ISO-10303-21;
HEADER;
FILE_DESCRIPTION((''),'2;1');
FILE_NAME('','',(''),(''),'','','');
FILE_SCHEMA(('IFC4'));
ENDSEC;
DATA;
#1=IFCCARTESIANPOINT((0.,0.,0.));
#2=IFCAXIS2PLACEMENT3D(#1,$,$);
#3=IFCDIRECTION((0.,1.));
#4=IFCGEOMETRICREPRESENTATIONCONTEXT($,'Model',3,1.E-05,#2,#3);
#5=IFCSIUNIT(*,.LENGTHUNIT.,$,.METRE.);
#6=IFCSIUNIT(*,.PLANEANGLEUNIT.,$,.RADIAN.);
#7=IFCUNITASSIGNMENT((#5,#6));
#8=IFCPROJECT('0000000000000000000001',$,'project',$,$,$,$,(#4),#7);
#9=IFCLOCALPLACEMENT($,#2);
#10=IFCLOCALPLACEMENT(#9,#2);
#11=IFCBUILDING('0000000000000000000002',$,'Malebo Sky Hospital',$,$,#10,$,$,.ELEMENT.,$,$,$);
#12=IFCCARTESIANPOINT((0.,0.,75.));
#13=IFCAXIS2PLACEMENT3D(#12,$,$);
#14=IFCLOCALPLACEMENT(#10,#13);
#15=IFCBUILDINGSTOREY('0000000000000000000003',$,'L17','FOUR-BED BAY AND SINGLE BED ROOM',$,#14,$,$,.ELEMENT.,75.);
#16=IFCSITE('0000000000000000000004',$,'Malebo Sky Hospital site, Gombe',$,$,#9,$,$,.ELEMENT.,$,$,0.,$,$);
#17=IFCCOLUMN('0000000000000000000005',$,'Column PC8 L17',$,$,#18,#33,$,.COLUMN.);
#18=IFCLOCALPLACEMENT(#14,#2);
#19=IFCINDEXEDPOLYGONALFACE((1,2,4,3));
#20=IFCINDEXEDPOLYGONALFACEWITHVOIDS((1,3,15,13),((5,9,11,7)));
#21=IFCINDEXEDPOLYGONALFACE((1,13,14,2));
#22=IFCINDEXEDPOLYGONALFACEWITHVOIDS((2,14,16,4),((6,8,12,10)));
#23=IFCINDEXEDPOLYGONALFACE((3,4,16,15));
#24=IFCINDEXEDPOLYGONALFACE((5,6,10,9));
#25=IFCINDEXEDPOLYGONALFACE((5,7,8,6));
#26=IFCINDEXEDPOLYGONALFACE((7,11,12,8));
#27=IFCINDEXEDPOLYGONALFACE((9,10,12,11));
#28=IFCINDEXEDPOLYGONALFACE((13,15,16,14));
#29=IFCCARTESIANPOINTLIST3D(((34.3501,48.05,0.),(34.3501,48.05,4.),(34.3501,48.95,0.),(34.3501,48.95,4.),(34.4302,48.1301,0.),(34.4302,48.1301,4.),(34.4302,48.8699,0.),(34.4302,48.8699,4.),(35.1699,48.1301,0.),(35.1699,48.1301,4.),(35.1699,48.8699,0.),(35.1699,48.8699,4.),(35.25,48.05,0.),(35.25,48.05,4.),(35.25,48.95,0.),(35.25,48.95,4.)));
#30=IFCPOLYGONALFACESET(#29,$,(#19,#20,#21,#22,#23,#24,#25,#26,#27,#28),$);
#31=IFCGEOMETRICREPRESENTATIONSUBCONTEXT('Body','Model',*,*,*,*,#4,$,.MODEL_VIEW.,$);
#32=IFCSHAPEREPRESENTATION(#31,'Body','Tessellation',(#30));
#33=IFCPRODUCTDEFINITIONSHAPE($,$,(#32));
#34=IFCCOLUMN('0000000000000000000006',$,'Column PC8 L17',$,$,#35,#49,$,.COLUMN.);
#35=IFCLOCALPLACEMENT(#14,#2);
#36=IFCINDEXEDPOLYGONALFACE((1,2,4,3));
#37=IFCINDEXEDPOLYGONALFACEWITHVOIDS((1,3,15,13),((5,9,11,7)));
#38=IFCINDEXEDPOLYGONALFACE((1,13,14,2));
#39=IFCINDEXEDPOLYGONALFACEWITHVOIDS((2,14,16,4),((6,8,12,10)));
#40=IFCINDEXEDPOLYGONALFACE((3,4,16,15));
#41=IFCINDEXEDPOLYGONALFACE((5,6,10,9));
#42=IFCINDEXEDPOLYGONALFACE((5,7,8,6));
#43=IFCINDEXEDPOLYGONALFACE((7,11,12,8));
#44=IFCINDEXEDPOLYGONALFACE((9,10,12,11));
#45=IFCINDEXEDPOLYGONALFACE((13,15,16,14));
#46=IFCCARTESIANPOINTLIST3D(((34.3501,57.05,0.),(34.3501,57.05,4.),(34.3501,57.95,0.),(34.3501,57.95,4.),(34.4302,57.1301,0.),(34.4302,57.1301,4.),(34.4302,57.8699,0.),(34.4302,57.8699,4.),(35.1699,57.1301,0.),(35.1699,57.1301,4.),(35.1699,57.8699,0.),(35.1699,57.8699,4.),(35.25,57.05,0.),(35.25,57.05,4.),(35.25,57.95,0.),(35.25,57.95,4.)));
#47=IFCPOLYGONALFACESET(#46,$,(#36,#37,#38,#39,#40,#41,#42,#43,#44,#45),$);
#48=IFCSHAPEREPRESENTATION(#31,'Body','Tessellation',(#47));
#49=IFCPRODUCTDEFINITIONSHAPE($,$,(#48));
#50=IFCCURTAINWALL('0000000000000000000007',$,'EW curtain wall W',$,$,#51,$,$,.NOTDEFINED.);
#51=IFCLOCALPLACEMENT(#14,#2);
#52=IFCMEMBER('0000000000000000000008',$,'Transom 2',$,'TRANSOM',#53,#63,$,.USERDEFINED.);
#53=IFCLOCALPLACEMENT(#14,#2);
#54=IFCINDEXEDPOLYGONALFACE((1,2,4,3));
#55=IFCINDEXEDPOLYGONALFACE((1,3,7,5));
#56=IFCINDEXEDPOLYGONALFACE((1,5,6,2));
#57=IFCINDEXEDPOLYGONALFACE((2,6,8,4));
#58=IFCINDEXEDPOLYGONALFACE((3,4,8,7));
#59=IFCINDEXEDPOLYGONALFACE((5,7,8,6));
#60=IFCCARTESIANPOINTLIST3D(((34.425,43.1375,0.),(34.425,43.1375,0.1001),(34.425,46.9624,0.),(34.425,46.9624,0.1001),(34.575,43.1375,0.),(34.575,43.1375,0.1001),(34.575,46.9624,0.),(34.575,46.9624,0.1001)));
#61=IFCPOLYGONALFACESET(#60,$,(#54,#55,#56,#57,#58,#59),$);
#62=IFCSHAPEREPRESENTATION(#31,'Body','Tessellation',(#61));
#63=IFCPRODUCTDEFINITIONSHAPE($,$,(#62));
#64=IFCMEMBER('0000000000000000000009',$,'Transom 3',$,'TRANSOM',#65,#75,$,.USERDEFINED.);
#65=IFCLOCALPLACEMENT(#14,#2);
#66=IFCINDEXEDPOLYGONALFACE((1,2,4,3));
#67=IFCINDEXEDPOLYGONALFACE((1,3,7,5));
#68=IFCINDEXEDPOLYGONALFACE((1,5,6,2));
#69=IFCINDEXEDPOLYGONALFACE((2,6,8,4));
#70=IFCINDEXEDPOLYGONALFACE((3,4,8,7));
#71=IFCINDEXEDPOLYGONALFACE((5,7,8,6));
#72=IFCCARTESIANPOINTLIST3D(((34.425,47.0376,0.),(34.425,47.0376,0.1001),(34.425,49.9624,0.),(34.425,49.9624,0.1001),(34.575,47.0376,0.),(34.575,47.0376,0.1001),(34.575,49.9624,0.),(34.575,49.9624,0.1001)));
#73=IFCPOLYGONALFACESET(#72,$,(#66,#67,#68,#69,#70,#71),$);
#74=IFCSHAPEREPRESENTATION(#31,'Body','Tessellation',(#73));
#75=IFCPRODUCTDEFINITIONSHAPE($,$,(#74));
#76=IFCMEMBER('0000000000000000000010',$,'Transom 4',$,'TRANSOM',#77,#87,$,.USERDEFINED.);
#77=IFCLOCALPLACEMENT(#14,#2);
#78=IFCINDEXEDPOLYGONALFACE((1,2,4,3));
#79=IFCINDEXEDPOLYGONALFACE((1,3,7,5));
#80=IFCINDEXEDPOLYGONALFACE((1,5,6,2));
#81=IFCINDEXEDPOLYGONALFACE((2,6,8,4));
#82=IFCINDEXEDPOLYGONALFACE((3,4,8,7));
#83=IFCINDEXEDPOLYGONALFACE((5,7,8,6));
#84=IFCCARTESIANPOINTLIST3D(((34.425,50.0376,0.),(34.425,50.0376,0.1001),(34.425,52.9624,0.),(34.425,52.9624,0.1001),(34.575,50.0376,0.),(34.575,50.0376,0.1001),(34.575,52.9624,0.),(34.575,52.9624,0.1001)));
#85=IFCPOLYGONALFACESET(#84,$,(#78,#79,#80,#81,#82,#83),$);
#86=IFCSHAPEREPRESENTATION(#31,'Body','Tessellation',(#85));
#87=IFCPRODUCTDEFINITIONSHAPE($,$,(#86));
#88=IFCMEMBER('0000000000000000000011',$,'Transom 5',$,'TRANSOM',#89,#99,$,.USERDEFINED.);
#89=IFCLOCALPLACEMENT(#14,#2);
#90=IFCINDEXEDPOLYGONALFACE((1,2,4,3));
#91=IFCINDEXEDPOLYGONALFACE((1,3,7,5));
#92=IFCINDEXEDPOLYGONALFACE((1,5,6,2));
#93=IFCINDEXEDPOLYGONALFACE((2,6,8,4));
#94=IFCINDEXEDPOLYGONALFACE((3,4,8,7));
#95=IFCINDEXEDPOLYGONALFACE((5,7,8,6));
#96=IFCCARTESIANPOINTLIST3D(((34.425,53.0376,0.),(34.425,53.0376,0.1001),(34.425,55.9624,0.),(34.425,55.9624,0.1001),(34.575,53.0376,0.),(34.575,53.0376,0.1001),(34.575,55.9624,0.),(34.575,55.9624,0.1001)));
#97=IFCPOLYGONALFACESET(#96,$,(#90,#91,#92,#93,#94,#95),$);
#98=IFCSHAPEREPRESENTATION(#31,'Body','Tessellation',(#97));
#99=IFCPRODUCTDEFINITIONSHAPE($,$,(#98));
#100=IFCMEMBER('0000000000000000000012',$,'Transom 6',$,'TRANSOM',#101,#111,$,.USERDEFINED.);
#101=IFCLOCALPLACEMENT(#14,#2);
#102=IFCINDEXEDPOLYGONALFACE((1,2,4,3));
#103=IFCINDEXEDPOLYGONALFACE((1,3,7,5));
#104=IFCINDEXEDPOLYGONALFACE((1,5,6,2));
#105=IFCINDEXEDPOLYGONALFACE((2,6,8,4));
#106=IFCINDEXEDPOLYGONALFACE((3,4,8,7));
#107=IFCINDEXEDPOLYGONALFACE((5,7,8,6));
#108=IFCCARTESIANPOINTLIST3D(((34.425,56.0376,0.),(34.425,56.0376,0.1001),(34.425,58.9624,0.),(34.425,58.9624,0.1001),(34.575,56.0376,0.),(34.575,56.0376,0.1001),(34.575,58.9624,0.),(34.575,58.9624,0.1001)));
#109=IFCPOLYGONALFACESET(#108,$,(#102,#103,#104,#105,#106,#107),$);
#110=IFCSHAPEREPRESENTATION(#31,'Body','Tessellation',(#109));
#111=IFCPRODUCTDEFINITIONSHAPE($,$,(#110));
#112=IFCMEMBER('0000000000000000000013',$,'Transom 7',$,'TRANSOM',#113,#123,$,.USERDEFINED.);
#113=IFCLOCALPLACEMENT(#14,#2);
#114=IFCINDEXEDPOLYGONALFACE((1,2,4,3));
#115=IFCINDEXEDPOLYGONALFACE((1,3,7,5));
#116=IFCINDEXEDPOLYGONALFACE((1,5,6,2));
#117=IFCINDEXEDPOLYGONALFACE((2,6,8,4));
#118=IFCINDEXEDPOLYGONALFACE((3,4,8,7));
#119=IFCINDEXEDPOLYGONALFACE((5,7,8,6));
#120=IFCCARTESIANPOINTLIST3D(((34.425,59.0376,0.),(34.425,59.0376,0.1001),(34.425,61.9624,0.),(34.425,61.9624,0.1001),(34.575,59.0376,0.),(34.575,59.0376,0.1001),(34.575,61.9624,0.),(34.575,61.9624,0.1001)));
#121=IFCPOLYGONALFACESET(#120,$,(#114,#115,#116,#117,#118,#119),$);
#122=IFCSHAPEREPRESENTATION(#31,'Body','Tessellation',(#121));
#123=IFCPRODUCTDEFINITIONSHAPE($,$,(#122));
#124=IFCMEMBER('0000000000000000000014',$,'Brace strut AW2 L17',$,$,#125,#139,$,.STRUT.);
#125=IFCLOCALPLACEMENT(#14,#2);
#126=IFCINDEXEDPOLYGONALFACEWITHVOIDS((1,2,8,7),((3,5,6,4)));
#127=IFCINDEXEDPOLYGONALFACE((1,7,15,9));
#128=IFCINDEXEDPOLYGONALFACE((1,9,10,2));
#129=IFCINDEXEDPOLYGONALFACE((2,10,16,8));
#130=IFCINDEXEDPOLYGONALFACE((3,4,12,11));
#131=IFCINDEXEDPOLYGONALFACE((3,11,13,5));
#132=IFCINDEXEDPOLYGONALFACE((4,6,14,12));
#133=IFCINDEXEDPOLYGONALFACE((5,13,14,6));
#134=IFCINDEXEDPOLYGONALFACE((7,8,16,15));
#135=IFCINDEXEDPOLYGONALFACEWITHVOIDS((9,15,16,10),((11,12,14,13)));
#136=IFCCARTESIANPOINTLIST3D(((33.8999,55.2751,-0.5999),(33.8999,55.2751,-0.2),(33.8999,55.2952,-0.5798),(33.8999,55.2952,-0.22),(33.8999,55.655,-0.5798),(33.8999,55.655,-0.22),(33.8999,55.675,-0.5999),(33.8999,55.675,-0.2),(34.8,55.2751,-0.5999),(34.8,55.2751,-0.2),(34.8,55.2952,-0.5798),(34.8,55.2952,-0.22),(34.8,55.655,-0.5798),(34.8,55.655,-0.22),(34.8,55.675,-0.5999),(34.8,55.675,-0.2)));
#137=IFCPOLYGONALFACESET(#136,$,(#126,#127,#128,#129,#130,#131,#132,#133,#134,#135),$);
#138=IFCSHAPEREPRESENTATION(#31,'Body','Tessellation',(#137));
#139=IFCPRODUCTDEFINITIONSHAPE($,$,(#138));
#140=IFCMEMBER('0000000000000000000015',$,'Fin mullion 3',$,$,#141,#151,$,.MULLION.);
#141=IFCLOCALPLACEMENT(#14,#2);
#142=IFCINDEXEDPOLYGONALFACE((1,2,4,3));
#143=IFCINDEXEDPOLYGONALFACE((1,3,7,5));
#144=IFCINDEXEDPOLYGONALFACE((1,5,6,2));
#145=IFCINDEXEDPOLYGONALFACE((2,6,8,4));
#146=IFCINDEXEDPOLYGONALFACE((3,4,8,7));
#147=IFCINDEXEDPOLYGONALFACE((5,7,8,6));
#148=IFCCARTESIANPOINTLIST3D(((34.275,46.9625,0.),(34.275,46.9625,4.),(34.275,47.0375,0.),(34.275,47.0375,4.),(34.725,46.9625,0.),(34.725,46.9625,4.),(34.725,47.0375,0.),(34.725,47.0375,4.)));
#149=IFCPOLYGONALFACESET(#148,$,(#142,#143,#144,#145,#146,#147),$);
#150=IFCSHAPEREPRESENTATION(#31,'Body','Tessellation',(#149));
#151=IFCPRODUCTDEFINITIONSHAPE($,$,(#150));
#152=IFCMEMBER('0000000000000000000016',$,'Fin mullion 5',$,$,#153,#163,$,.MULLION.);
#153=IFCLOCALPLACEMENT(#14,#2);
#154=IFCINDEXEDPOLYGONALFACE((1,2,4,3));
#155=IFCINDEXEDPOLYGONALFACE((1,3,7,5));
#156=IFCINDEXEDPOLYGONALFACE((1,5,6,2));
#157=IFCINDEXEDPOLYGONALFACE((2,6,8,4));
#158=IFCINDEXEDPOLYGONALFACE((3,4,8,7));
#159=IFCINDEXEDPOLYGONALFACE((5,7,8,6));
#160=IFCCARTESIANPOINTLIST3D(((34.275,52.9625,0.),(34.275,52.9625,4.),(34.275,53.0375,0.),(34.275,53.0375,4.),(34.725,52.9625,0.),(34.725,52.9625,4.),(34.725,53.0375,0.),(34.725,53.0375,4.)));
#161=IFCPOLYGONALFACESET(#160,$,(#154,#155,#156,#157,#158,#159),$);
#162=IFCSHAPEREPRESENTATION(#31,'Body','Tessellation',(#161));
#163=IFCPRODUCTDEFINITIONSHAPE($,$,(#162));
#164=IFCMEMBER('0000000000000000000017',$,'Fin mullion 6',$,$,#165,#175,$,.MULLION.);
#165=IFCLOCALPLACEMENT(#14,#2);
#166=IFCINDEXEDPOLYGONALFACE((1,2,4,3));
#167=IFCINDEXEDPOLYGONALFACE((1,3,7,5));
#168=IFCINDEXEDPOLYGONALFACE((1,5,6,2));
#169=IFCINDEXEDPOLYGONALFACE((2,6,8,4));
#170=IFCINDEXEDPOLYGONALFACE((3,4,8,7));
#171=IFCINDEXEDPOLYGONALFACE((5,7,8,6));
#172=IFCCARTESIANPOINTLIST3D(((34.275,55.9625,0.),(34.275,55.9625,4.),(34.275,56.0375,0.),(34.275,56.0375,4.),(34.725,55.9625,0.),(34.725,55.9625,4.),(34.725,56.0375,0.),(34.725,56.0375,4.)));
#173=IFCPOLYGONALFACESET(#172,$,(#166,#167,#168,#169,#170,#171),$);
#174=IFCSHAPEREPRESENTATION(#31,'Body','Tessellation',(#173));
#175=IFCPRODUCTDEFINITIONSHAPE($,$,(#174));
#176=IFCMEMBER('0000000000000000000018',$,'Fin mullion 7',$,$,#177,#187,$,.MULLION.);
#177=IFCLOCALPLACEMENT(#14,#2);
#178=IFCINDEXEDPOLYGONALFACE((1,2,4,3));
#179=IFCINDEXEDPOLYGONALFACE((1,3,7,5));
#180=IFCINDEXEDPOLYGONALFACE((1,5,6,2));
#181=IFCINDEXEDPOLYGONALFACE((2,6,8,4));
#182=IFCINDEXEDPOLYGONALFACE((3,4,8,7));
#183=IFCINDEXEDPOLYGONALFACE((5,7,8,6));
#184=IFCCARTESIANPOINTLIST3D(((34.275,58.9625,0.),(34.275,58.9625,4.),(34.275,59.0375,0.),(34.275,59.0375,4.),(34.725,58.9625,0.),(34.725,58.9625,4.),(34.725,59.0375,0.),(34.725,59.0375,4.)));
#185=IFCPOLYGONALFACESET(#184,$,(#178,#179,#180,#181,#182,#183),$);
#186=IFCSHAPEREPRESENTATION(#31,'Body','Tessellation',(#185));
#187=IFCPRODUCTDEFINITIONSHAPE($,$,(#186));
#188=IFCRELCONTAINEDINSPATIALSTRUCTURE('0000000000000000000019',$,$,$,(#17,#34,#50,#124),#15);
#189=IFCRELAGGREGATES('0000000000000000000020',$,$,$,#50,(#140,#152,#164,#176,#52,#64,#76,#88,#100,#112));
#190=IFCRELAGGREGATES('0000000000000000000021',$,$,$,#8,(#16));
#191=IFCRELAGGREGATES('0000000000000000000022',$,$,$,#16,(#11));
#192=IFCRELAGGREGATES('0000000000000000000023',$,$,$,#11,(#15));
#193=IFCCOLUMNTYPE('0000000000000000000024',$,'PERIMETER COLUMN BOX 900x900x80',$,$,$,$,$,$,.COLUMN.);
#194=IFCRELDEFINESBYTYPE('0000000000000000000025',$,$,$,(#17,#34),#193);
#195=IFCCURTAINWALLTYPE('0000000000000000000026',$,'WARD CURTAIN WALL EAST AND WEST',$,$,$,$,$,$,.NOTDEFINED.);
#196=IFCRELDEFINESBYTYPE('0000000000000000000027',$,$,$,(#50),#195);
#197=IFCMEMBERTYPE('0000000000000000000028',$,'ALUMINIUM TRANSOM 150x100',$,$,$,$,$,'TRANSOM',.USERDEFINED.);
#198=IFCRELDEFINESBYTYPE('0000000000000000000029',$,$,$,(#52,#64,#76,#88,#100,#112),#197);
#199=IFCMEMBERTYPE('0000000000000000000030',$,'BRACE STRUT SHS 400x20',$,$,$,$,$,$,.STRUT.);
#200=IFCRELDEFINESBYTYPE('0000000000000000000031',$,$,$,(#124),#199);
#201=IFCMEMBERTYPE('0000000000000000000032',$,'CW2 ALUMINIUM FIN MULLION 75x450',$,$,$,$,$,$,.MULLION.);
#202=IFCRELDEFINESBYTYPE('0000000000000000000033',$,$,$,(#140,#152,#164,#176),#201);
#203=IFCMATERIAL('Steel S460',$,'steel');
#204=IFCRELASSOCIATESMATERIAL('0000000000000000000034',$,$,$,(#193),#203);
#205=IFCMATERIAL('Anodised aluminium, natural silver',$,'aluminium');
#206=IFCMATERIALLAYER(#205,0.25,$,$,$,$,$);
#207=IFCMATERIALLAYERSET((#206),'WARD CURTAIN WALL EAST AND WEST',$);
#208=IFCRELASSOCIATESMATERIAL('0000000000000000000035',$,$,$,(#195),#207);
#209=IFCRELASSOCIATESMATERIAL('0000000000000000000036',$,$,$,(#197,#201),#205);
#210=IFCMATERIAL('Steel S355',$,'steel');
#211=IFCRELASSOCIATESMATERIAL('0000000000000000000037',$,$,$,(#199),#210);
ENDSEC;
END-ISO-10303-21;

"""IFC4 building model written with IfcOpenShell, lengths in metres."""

from ifc_helpers import new_model, si_unit, direction, frame, origin, origin_2d, place, context, subcontext, project, spatial, rectangle, hollow_rectangle, extrude, material, layer, layer_set, material_profile, profile_set, type_object, element, aggregate, save


model = new_model("IFC4")

# Units and contexts
model_context = context("Model", 3, precision=1e-05, world=origin(), true_north=direction((0.0, 1.0)))
body_context = subcontext(model_context, "Body", "Model", "MODEL_VIEW")
ifc_project = project(units=[si_unit("LENGTHUNIT", "METRE"), si_unit("PLANEANGLEUNIT", "RADIAN")], contexts=[model_context])

# Site, building, storey
site_placement = place(None, origin())
site = spatial("IfcSite", under=ifc_project, at=site_placement, Name="Malebo Sky Hospital site, Gombe", CompositionType="ELEMENT", RefElevation=0.0)
building_placement = place(site_placement, origin())
building = spatial("IfcBuilding", under=site, at=building_placement, Name="Malebo Sky Hospital", CompositionType="ELEMENT")
storey_placement = place(building_placement, frame((0.0, 0.0, 75.0)))
storey = spatial("IfcBuildingStorey", under=building, at=storey_placement, Name="L17", Description="FOUR-BED BAY AND SINGLE BED ROOM", CompositionType="ELEMENT", Elevation=75.0)

# Columns
ifc_material_1 = material(Name="Steel S460", Category="steel")
ifc_material_profile_1 = material_profile(ifc_material_1, hollow_rectangle(XDim=0.8999, YDim=0.8999, WallThickness=0.0801, at=origin_2d()), Name="BOX 900x900x80")
ifc_profile_set_1 = profile_set([ifc_material_profile_1], Name="Steel S460")
column_type = type_object("IfcColumnType", Name="PERIMETER COLUMN BOX 900x900x80", PredefinedType="COLUMN", material=ifc_profile_set_1)
for number, where, z_axis, x_axis, name in (
    (1, (34.8, 48.5, 0.0), (0.0, 0.0, 1.0), (1.0, 0.0, 0.0), "Column PC8 L17"),
    (2, (34.8, 57.5, 0.0), (0.0, 0.0, 1.0), (1.0, 0.0, 0.0), "Column PC8 L17"),
):
    element("IfcColumn", number, at=place(storey_placement, frame(where, z_axis=z_axis, x_axis=x_axis)), inside=storey, type_object=column_type, Name=name, PredefinedType="COLUMN", context=body_context, shape_type="SweptSolid", body=[
        extrude(hollow_rectangle(XDim=0.8999, YDim=0.8999, WallThickness=0.0801, at=origin_2d()), origin(), (0.0, 0.0, 1.0), 4.0),
    ])

# Curtain wall, members
ifc_material_2 = material(Name="Anodised aluminium, natural silver", Category="aluminium")
ifc_layer_1 = layer(ifc_material_2, 0.25)
ifc_layer_set_1 = layer_set([ifc_layer_1], Name="WARD CURTAIN WALL EAST AND WEST")
curtain_wall_type = type_object("IfcCurtainWallType", Name="WARD CURTAIN WALL EAST AND WEST", PredefinedType="NOTDEFINED", material=ifc_layer_set_1)
curtain_wall_placement = place(storey_placement, origin())
curtain_wall = element("IfcCurtainWall", 3, at=curtain_wall_placement, inside=storey, type_object=curtain_wall_type, Name="EW curtain wall W", PredefinedType="NOTDEFINED")
ifc_material_profile_2 = material_profile(ifc_material_2, rectangle(XDim=0.1499, YDim=0.1001, at=origin_2d()), Name="ALUMINIUM TRANSOM 150x100")
ifc_profile_set_2 = profile_set([ifc_material_profile_2], Name="Anodised aluminium, natural silver")
member_type_1 = type_object("IfcMemberType", Name="ALUMINIUM TRANSOM 150x100", ElementType="TRANSOM", PredefinedType="USERDEFINED", material=ifc_profile_set_2)
member_1_placement = place(storey_placement, frame((34.5, 43.1375, 0.05), z_axis=(0.0, 1.0, 0.0), x_axis=(-1.0, 0.0, 0.0)))
member_1 = element("IfcMember", 4, at=member_1_placement, type_object=member_type_1, Name="Transom 2", ObjectType="TRANSOM", PredefinedType="USERDEFINED", context=body_context, shape_type="SweptSolid", body=[
    extrude(rectangle(XDim=0.1499, YDim=0.1001, at=origin_2d()), origin(), (0.0, 0.0, 1.0), 3.825),
])
member_2_placement = place(storey_placement, frame((34.5, 47.0376, 0.05), z_axis=(0.0, 1.0, 0.0), x_axis=(-1.0, 0.0, 0.0)))
member_2 = element("IfcMember", 5, at=member_2_placement, type_object=member_type_1, Name="Transom 3", ObjectType="TRANSOM", PredefinedType="USERDEFINED", context=body_context, shape_type="SweptSolid", body=[
    extrude(rectangle(XDim=0.1499, YDim=0.1001, at=origin_2d()), origin(), (0.0, 0.0, 1.0), 2.9248),
])
member_3_placement = place(storey_placement, frame((34.5, 50.0376, 0.05), z_axis=(0.0, 1.0, 0.0), x_axis=(-1.0, 0.0, 0.0)))
member_3 = element("IfcMember", 6, at=member_3_placement, type_object=member_type_1, Name="Transom 4", ObjectType="TRANSOM", PredefinedType="USERDEFINED", context=body_context, shape_type="SweptSolid", body=[
    extrude(rectangle(XDim=0.1499, YDim=0.1001, at=origin_2d()), origin(), (0.0, 0.0, 1.0), 2.9248),
])
member_4_placement = place(storey_placement, frame((34.5, 53.0376, 0.05), z_axis=(0.0, 1.0, 0.0), x_axis=(-1.0, 0.0, 0.0)))
member_4 = element("IfcMember", 7, at=member_4_placement, type_object=member_type_1, Name="Transom 5", ObjectType="TRANSOM", PredefinedType="USERDEFINED", context=body_context, shape_type="SweptSolid", body=[
    extrude(rectangle(XDim=0.1499, YDim=0.1001, at=origin_2d()), origin(), (0.0, 0.0, 1.0), 2.9248),
])
member_5_placement = place(storey_placement, frame((34.5, 56.0376, 0.05), z_axis=(0.0, 1.0, 0.0), x_axis=(-1.0, 0.0, 0.0)))
member_5 = element("IfcMember", 8, at=member_5_placement, type_object=member_type_1, Name="Transom 6", ObjectType="TRANSOM", PredefinedType="USERDEFINED", context=body_context, shape_type="SweptSolid", body=[
    extrude(rectangle(XDim=0.1499, YDim=0.1001, at=origin_2d()), origin(), (0.0, 0.0, 1.0), 2.9248),
])
member_6_placement = place(storey_placement, frame((34.5, 59.0376, 0.05), z_axis=(0.0, 1.0, 0.0), x_axis=(-1.0, 0.0, 0.0)))
member_6 = element("IfcMember", 9, at=member_6_placement, type_object=member_type_1, Name="Transom 7", ObjectType="TRANSOM", PredefinedType="USERDEFINED", context=body_context, shape_type="SweptSolid", body=[
    extrude(rectangle(XDim=0.1499, YDim=0.1001, at=origin_2d()), origin(), (0.0, 0.0, 1.0), 2.9248),
])

# Members
ifc_material_3 = material(Name="Steel S355", Category="steel")
ifc_material_profile_3 = material_profile(ifc_material_3, hollow_rectangle(XDim=0.3999, YDim=0.3999, WallThickness=0.02, at=origin_2d()), Name="SHS 400x20")
ifc_profile_set_3 = profile_set([ifc_material_profile_3], Name="Steel S355")
member_type_2 = type_object("IfcMemberType", Name="BRACE STRUT SHS 400x20", PredefinedType="STRUT", material=ifc_profile_set_3)
member_7_placement = place(storey_placement, frame((33.8999, 55.4751, -0.3999), z_axis=(1.0, 0.0, 0.0), x_axis=(0.0, 1.0, 0.0)))
element("IfcMember", 10, at=member_7_placement, inside=storey, type_object=member_type_2, Name="Brace strut AW2 L17", PredefinedType="STRUT", context=body_context, shape_type="SweptSolid", body=[
    extrude(hollow_rectangle(XDim=0.3999, YDim=0.3999, WallThickness=0.02, at=origin_2d()), origin(), (0.0, 0.0, 1.0), 0.9001),
])
ifc_material_profile_4 = material_profile(ifc_material_2, rectangle(XDim=0.075, YDim=0.45, at=origin_2d()), Name="CW2 ALUMINIUM FIN MULLION 75x450")
ifc_profile_set_4 = profile_set([ifc_material_profile_4], Name="Anodised aluminium, natural silver")
member_type_3 = type_object("IfcMemberType", Name="CW2 ALUMINIUM FIN MULLION 75x450", PredefinedType="MULLION", material=ifc_profile_set_4)
member_8_placement = place(storey_placement, frame((34.5, 47.0, 0.0), z_axis=(0.0, 0.0, 1.0), x_axis=(0.0, 1.0, 0.0)))
member_8 = element("IfcMember", 11, at=member_8_placement, type_object=member_type_3, Name="Fin mullion 3", PredefinedType="MULLION", context=body_context, shape_type="SweptSolid", body=[
    extrude(rectangle(XDim=0.075, YDim=0.45, at=origin_2d()), origin(), (0.0, 0.0, 1.0), 4.0),
])
member_9_placement = place(storey_placement, frame((34.5, 53.0, 0.0), z_axis=(0.0, 0.0, 1.0), x_axis=(0.0, 1.0, 0.0)))
member_9 = element("IfcMember", 12, at=member_9_placement, type_object=member_type_3, Name="Fin mullion 5", PredefinedType="MULLION", context=body_context, shape_type="SweptSolid", body=[
    extrude(rectangle(XDim=0.075, YDim=0.45, at=origin_2d()), origin(), (0.0, 0.0, 1.0), 4.0),
])
member_10_placement = place(storey_placement, frame((34.5, 56.0, 0.0), z_axis=(0.0, 0.0, 1.0), x_axis=(0.0, 1.0, 0.0)))
member_10 = element("IfcMember", 13, at=member_10_placement, type_object=member_type_3, Name="Fin mullion 6", PredefinedType="MULLION", context=body_context, shape_type="SweptSolid", body=[
    extrude(rectangle(XDim=0.075, YDim=0.45, at=origin_2d()), origin(), (0.0, 0.0, 1.0), 4.0),
])
member_11_placement = place(storey_placement, frame((34.5, 59.0, 0.0), z_axis=(0.0, 0.0, 1.0), x_axis=(0.0, 1.0, 0.0)))
member_11 = element("IfcMember", 14, at=member_11_placement, type_object=member_type_3, Name="Fin mullion 7", PredefinedType="MULLION", context=body_context, shape_type="SweptSolid", body=[
    extrude(rectangle(XDim=0.075, YDim=0.45, at=origin_2d()), origin(), (0.0, 0.0, 1.0), 4.0),
])

aggregate(curtain_wall, [member_8, member_9, member_10, member_11, member_1, member_2, member_3, member_4, member_5, member_6])

save(model, "model.ifc")
